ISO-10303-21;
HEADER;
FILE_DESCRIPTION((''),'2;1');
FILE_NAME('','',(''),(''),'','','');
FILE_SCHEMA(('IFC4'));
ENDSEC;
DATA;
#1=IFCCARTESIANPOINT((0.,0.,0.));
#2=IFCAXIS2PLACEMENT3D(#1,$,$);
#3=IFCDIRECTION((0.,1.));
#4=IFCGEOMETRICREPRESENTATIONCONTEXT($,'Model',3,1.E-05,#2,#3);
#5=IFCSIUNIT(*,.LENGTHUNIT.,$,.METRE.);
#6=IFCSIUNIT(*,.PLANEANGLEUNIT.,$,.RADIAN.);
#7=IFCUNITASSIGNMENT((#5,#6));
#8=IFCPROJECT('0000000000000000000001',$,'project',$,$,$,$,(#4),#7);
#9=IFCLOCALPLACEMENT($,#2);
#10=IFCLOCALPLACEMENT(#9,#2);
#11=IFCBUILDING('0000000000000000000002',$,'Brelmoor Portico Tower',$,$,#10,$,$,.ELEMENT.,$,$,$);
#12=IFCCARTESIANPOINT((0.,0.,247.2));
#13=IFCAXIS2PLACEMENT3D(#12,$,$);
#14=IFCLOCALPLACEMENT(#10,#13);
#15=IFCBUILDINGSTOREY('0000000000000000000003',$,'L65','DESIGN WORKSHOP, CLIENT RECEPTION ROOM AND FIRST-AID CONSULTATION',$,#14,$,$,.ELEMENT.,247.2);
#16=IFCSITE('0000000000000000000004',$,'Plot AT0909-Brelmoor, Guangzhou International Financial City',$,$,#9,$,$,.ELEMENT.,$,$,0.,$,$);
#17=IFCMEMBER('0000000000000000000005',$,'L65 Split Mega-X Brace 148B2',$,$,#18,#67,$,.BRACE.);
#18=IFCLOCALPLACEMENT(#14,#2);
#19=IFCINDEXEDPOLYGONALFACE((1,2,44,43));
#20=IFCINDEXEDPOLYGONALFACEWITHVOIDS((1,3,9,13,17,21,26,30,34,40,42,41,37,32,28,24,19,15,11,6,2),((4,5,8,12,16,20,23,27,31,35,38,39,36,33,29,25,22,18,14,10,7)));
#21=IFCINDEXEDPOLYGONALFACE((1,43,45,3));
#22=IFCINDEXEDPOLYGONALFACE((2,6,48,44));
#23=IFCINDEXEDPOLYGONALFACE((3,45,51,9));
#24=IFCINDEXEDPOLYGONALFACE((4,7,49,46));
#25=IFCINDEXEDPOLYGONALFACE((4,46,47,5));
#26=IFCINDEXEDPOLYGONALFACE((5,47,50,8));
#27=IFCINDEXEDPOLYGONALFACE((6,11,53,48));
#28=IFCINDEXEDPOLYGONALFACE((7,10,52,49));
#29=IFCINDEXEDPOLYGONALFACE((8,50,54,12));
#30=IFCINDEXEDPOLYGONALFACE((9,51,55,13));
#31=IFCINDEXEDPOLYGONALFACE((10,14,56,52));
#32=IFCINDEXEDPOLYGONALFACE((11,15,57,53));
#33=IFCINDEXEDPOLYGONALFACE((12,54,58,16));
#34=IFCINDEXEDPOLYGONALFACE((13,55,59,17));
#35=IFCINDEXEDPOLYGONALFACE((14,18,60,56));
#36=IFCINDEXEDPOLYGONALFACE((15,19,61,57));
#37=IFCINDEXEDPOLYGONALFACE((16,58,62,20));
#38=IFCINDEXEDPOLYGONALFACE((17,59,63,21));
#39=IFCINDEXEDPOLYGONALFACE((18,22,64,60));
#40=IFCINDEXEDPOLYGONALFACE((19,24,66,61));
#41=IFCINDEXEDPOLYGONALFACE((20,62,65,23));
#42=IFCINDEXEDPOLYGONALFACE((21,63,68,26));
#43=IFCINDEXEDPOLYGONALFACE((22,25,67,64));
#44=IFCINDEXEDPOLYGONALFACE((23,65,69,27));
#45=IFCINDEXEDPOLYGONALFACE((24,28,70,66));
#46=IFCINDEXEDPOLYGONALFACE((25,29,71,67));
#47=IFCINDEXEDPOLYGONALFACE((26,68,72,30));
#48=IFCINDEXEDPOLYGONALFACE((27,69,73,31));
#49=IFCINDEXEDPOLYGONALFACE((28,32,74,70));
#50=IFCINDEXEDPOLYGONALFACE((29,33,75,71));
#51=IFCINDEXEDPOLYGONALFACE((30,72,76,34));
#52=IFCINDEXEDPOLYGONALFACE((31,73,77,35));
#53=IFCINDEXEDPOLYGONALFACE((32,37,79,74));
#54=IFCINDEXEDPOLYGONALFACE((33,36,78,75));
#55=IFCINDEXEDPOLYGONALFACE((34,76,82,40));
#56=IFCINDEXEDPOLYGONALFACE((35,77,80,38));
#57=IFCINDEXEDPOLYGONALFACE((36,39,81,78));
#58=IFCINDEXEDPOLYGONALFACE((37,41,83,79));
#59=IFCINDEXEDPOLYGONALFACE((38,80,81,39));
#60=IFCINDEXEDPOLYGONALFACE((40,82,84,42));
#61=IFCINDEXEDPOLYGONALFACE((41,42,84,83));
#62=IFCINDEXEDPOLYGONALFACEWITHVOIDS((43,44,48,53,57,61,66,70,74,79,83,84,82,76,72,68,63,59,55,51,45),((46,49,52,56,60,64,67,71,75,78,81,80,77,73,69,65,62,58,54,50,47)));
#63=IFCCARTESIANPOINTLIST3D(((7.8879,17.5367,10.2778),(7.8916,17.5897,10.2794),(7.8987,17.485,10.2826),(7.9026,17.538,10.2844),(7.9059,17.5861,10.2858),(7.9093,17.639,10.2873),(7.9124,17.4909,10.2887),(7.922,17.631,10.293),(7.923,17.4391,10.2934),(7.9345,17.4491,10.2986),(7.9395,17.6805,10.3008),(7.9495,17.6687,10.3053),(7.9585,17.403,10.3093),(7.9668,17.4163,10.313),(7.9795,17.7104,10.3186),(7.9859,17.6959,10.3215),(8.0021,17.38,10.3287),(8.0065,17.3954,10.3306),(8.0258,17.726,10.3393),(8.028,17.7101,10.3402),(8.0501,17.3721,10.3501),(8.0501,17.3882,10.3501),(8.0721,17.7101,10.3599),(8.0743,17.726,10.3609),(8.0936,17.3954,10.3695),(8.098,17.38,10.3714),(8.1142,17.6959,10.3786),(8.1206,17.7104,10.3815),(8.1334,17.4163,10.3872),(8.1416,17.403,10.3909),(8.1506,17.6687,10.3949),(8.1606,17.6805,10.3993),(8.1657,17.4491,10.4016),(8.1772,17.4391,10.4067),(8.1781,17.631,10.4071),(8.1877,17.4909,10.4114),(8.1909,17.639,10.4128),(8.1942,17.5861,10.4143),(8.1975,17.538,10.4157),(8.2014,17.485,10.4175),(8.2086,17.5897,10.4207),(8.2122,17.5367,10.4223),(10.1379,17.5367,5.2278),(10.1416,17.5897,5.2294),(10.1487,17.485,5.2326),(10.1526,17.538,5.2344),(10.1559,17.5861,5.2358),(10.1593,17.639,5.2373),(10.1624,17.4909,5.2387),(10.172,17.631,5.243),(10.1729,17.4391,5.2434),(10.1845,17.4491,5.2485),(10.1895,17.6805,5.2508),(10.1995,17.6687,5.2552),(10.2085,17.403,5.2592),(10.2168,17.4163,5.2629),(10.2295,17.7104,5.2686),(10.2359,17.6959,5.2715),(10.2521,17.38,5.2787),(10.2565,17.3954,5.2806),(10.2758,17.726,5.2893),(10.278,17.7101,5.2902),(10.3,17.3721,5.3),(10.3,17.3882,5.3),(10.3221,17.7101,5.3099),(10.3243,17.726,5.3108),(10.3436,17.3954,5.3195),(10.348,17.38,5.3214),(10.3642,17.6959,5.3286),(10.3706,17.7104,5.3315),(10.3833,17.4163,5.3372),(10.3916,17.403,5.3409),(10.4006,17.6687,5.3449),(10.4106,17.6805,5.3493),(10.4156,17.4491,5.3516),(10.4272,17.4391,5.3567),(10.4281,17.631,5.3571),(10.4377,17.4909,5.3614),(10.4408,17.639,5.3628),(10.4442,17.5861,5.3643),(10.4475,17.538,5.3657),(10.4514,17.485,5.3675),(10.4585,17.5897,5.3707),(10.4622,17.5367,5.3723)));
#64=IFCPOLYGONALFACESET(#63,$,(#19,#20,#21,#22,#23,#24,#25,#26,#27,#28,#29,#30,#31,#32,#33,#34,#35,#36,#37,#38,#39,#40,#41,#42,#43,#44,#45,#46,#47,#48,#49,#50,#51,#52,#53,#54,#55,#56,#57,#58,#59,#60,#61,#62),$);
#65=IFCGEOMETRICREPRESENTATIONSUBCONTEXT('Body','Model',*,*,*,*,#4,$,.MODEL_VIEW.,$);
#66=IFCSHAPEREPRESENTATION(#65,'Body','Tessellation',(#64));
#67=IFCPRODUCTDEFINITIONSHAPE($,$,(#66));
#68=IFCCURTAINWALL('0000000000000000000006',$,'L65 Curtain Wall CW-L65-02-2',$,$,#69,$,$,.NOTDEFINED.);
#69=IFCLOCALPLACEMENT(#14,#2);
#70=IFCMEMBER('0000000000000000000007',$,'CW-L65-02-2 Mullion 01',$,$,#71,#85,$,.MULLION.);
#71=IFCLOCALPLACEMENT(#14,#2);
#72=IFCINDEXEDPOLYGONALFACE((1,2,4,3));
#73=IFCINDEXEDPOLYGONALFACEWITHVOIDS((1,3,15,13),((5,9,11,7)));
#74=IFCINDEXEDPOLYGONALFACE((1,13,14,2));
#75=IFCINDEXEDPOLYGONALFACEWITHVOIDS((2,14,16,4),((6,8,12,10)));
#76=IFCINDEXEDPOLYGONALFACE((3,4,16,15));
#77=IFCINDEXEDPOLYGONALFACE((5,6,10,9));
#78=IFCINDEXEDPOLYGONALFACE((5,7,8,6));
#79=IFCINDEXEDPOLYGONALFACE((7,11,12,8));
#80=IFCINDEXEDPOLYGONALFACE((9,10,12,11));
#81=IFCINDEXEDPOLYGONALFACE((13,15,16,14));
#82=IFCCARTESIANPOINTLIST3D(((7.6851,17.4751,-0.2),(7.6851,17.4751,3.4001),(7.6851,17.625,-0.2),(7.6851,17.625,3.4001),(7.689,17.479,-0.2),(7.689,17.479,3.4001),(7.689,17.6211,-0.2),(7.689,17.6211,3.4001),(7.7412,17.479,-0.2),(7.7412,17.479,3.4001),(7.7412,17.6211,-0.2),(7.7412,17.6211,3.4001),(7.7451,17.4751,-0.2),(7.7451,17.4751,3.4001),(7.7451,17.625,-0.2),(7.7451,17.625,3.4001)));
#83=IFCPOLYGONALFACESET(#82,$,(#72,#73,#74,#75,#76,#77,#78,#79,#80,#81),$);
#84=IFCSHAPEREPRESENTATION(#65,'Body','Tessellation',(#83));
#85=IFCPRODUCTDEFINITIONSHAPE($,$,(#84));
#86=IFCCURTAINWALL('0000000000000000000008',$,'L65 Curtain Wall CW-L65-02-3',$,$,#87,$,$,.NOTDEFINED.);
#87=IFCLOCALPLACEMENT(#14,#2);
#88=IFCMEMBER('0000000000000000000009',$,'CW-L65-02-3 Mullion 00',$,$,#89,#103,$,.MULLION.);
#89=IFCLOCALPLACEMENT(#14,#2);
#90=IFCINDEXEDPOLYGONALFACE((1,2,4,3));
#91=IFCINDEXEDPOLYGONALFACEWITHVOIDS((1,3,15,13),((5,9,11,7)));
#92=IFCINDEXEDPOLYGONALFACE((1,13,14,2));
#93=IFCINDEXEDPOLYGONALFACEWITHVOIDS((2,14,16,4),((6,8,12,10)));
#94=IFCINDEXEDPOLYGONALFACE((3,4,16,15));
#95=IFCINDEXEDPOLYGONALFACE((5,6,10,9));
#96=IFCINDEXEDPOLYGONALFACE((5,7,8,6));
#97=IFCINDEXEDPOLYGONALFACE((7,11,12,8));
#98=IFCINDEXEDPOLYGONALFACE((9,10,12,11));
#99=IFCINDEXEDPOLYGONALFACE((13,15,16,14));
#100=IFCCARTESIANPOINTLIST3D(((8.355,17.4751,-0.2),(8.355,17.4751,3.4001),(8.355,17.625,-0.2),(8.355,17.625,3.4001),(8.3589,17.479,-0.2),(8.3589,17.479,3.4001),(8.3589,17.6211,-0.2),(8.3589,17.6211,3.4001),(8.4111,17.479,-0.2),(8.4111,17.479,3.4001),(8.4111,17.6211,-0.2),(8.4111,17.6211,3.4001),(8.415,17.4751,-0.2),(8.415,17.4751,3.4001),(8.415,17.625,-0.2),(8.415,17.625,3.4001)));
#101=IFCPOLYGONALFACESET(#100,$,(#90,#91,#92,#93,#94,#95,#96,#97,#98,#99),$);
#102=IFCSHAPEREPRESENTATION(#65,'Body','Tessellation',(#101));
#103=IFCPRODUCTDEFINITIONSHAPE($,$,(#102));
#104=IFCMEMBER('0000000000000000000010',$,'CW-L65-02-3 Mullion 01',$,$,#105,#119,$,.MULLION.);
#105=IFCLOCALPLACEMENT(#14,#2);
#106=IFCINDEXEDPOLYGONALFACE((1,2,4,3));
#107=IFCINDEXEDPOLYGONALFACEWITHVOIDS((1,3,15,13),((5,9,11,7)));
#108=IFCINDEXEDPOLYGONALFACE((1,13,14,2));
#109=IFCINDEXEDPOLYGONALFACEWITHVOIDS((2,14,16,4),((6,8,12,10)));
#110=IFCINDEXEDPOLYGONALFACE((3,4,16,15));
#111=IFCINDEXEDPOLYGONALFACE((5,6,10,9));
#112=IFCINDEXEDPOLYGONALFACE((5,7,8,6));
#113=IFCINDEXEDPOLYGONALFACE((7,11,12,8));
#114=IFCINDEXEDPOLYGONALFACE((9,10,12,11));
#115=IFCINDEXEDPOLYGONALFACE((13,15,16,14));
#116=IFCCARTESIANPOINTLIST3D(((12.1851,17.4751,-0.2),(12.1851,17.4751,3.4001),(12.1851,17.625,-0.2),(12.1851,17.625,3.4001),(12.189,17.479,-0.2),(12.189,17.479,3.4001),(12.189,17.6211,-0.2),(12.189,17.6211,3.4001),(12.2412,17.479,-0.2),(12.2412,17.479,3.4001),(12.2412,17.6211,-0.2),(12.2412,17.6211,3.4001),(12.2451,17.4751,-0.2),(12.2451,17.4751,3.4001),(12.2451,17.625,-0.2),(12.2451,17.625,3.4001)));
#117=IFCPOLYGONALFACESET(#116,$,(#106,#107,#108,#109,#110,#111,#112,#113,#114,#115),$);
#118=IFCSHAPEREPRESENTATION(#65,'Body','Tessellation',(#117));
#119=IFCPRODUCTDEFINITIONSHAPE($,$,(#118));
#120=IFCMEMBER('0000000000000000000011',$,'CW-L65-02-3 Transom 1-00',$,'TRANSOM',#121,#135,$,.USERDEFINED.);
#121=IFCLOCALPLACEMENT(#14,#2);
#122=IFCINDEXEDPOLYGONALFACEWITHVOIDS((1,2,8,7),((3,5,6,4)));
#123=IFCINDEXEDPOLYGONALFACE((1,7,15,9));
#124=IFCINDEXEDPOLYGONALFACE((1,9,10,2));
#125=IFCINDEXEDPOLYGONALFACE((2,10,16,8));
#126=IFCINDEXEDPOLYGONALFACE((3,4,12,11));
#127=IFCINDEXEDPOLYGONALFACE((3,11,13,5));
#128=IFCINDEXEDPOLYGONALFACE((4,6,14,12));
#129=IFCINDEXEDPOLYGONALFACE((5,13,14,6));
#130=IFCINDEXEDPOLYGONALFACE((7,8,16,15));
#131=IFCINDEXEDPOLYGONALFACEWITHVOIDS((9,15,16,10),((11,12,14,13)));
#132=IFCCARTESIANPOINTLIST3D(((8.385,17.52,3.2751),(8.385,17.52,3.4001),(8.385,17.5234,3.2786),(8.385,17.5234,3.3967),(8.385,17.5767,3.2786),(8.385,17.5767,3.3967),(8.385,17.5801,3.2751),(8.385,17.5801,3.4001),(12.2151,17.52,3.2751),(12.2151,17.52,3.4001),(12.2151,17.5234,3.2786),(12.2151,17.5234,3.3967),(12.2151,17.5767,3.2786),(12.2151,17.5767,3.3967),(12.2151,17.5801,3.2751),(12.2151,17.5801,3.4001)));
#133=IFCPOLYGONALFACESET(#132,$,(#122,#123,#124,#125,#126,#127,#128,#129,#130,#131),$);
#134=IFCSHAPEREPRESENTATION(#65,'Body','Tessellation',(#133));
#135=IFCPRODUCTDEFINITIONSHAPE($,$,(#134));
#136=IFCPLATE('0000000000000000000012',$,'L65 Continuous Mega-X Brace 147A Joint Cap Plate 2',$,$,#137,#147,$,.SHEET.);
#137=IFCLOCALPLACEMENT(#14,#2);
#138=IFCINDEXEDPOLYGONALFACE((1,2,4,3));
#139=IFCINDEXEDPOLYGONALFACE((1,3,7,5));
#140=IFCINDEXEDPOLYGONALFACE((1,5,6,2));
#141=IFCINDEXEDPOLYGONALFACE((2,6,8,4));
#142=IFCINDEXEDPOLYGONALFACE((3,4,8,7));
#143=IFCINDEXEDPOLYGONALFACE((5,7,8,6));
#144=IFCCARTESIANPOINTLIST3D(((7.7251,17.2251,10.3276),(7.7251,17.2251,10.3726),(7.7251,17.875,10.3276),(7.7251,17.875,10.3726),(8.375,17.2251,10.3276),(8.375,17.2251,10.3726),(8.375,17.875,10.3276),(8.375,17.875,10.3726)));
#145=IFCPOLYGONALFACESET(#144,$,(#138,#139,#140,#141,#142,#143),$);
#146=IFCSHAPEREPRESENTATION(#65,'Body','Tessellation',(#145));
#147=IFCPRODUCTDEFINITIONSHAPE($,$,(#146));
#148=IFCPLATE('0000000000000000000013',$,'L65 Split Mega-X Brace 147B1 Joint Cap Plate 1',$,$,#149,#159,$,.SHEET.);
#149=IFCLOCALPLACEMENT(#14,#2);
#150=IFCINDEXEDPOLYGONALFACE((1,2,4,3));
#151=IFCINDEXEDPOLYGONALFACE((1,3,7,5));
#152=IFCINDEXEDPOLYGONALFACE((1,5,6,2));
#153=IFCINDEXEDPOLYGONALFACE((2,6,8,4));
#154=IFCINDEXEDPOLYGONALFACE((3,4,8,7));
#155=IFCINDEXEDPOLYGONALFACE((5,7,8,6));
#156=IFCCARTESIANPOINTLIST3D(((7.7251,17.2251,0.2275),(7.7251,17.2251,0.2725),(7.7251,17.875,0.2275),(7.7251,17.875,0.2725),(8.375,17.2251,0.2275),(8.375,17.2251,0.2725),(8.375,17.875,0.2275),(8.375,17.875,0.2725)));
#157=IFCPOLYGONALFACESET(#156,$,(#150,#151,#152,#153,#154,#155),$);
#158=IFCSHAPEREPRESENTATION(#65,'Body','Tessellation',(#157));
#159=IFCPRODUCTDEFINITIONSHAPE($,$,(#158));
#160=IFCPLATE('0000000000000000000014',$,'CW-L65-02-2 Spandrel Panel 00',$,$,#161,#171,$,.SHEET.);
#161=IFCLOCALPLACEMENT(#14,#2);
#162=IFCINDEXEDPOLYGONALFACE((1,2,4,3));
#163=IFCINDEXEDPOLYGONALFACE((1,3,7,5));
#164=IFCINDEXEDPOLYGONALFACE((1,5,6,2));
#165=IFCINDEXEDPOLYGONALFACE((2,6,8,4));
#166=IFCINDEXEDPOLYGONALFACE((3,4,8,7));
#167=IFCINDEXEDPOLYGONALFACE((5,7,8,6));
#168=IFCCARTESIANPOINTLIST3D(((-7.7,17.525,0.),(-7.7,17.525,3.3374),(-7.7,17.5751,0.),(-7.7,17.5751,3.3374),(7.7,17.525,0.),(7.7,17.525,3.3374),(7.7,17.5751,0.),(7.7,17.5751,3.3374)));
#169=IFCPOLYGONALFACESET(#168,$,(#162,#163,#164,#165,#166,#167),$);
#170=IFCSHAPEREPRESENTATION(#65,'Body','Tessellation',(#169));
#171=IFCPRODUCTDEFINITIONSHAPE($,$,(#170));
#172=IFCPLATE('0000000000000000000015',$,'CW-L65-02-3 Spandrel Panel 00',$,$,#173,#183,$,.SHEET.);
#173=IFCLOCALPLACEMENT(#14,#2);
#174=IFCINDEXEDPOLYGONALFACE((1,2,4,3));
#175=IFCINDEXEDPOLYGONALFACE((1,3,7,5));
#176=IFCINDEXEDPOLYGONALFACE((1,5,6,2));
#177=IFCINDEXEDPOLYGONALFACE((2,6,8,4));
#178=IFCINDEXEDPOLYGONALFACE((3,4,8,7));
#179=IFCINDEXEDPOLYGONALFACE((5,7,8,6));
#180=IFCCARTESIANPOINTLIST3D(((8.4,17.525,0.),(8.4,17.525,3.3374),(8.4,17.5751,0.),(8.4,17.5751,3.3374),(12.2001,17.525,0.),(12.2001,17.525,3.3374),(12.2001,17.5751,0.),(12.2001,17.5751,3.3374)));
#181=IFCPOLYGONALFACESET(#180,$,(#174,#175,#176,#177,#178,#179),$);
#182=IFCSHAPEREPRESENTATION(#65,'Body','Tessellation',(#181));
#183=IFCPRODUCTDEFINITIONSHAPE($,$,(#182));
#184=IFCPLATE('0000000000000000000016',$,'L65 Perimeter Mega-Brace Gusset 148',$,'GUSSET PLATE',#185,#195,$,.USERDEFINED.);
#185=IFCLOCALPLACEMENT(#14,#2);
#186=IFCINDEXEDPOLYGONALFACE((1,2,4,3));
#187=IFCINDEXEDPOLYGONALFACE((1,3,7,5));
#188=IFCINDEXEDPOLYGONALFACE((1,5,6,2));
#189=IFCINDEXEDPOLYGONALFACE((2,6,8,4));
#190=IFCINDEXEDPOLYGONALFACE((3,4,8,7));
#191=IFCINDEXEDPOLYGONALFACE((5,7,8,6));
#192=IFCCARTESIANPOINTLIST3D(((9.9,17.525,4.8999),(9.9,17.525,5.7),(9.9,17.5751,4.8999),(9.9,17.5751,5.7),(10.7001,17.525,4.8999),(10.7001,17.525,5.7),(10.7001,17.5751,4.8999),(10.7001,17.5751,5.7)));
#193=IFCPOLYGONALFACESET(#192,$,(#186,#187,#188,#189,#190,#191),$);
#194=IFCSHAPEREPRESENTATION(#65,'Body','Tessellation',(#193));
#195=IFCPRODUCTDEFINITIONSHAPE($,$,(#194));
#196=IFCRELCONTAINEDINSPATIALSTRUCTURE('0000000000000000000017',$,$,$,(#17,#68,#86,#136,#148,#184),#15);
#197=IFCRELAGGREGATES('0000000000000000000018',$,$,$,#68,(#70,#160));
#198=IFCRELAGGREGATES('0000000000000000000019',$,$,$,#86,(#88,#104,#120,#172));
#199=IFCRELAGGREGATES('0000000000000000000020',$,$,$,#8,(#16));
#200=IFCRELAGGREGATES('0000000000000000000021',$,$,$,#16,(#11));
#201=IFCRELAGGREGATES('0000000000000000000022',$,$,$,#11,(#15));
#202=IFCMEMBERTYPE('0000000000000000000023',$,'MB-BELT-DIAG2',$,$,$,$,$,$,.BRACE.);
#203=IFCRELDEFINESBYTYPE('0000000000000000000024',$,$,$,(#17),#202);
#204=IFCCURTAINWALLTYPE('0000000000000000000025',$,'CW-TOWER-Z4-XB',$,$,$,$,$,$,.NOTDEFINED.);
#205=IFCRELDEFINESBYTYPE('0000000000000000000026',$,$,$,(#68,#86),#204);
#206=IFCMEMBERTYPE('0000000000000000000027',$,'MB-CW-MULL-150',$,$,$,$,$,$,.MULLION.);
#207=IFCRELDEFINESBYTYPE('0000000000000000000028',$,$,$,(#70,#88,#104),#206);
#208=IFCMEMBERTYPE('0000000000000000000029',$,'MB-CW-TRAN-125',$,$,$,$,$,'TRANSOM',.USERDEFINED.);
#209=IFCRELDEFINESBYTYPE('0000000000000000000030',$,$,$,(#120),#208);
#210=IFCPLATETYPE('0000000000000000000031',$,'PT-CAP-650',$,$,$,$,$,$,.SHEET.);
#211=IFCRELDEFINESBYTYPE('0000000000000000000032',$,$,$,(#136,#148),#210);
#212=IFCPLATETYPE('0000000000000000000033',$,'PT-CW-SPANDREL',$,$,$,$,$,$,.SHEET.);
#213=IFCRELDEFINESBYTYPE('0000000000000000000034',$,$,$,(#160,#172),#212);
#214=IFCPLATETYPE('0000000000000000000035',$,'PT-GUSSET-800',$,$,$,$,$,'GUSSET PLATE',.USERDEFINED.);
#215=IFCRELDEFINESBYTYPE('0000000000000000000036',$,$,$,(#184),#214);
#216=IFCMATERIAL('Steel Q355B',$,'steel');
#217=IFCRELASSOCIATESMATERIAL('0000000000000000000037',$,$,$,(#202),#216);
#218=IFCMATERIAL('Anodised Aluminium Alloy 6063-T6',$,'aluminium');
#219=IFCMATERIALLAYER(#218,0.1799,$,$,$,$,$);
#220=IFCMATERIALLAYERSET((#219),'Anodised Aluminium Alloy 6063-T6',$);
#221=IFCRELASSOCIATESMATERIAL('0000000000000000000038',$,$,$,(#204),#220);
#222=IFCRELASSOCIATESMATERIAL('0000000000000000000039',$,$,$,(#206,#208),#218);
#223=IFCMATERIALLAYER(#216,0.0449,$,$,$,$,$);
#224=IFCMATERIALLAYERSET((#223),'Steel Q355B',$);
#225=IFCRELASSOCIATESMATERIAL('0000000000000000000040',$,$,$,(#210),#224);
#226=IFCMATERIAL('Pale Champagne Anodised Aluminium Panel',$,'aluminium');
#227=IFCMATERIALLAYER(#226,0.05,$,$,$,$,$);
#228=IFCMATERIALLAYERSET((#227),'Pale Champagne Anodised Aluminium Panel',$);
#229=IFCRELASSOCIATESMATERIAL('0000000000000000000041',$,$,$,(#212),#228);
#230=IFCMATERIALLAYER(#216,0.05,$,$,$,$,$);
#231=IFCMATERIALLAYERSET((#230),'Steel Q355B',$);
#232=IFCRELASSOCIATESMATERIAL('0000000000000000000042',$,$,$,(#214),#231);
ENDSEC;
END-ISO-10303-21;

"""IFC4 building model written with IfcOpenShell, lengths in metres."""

from ifc_helpers import new_model, si_unit, direction, frame, origin, origin_2d, place, context, subcontext, project, spatial, rectangle, hollow_rectangle, hollow_circle, extrude, material, layer, layer_set, material_profile, profile_set, type_object, element, aggregate, save


model = new_model("IFC4")

# Units and contexts
model_context = context("Model", 3, precision=1e-05, world=origin(), true_north=direction((0.0, 1.0)))
body_context = subcontext(model_context, "Body", "Model", "MODEL_VIEW")
ifc_project = project(units=[si_unit("LENGTHUNIT", "METRE"), si_unit("PLANEANGLEUNIT", "RADIAN")], contexts=[model_context])

# Site, building, storey
site_placement = place(None, origin())
site = spatial("IfcSite", under=ifc_project, at=site_placement, Name="Plot AT0909-Brelmoor, Guangzhou International Financial City", CompositionType="ELEMENT", RefElevation=0.0)
building_placement = place(site_placement, origin())
building = spatial("IfcBuilding", under=site, at=building_placement, Name="Brelmoor Portico Tower", CompositionType="ELEMENT")
storey_placement = place(building_placement, frame((0.0, 0.0, 247.2)))
storey = spatial("IfcBuildingStorey", under=building, at=storey_placement, Name="L65", Description="DESIGN WORKSHOP, CLIENT RECEPTION ROOM AND FIRST-AID CONSULTATION", CompositionType="ELEMENT", Elevation=247.2)

# Shared definitions
ifc_material_1 = material(Name="Steel Q355B", Category="steel")

# Member
ifc_material_profile_1 = material_profile(ifc_material_1, hollow_circle(Radius=0.178, WallThickness=0.0161, at=origin_2d()), Name="CHS 356x16")
ifc_profile_set_1 = profile_set([ifc_material_profile_1], Name="Steel Q355B")
member_type_1 = type_object("IfcMemberType", Name="MB-BELT-DIAG2", PredefinedType="BRACE", material=ifc_profile_set_1)
member_1_placement = place(storey_placement, frame((10.3, 17.55, 5.3), z_axis=(-0.406974, 0.0, 0.91344), x_axis=(0.0, -1.0, 0.0)))
element("IfcMember", 1, at=member_1_placement, inside=storey, type_object=member_type_1, Name="L65 Split Mega-X Brace 148B2", PredefinedType="BRACE", context=body_context, shape_type="SweptSolid", body=[
    extrude(hollow_circle(Radius=0.178, WallThickness=0.0161, at=origin_2d()), origin(), (0.0, 0.0, 1.0), 5.5286),
])

# Curtain wall, member
ifc_material_2 = material(Name="Anodised Aluminium Alloy 6063-T6", Category="aluminium")
ifc_layer_1 = layer(ifc_material_2, 0.1799)
ifc_layer_set_1 = layer_set([ifc_layer_1], Name="Anodised Aluminium Alloy 6063-T6")
curtain_wall_type = type_object("IfcCurtainWallType", Name="CW-TOWER-Z4-XB", PredefinedType="NOTDEFINED", material=ifc_layer_set_1)
curtain_wall_1_placement = place(storey_placement, origin())
curtain_wall_1 = element("IfcCurtainWall", 2, at=curtain_wall_1_placement, inside=storey, type_object=curtain_wall_type, Name="L65 Curtain Wall CW-L65-02-2", PredefinedType="NOTDEFINED")
ifc_material_profile_2 = material_profile(ifc_material_2, hollow_rectangle(XDim=0.0601, YDim=0.1499, WallThickness=0.0039, at=origin_2d()), Name="ALU MULLION 60x150")
ifc_profile_set_2 = profile_set([ifc_material_profile_2], Name="Anodised Aluminium Alloy 6063-T6")
member_type_2 = type_object("IfcMemberType", Name="MB-CW-MULL-150", PredefinedType="MULLION", material=ifc_profile_set_2)
member_2_placement = place(storey_placement, frame((7.7151, 17.55, -0.2), z_axis=(0.0, 0.0, 1.0), x_axis=(1.0, 0.0, 0.0)))
member_2 = element("IfcMember", 3, at=member_2_placement, type_object=member_type_2, Name="CW-L65-02-2 Mullion 01", PredefinedType="MULLION", context=body_context, shape_type="SweptSolid", body=[
    extrude(hollow_rectangle(XDim=0.0601, YDim=0.1499, WallThickness=0.0039, at=origin_2d()), origin(), (0.0, 0.0, 1.0), 3.6001),
])

# Curtain wall, members
curtain_wall_2_placement = place(storey_placement, origin())
curtain_wall_2 = element("IfcCurtainWall", 4, at=curtain_wall_2_placement, inside=storey, type_object=curtain_wall_type, Name="L65 Curtain Wall CW-L65-02-3", PredefinedType="NOTDEFINED")
member_3_placement = place(storey_placement, frame((8.385, 17.55, -0.2), z_axis=(0.0, 0.0, 1.0), x_axis=(1.0, 0.0, 0.0)))
member_3 = element("IfcMember", 5, at=member_3_placement, type_object=member_type_2, Name="CW-L65-02-3 Mullion 00", PredefinedType="MULLION", context=body_context, shape_type="SweptSolid", body=[
    extrude(hollow_rectangle(XDim=0.0601, YDim=0.1499, WallThickness=0.0039, at=origin_2d()), origin(), (0.0, 0.0, 1.0), 3.6001),
])
member_4_placement = place(storey_placement, frame((12.2151, 17.55, -0.2), z_axis=(0.0, 0.0, 1.0), x_axis=(1.0, 0.0, 0.0)))
member_4 = element("IfcMember", 6, at=member_4_placement, type_object=member_type_2, Name="CW-L65-02-3 Mullion 01", PredefinedType="MULLION", context=body_context, shape_type="SweptSolid", body=[
    extrude(hollow_rectangle(XDim=0.0601, YDim=0.1499, WallThickness=0.0039, at=origin_2d()), origin(), (0.0, 0.0, 1.0), 3.6001),
])
ifc_material_profile_3 = material_profile(ifc_material_2, hollow_rectangle(XDim=0.0601, YDim=0.125, WallThickness=0.0034, at=origin_2d()), Name="ALU TRANSOM 60x125")
ifc_profile_set_3 = profile_set([ifc_material_profile_3], Name="Anodised Aluminium Alloy 6063-T6")
member_type_3 = type_object("IfcMemberType", Name="MB-CW-TRAN-125", ElementType="TRANSOM", PredefinedType="USERDEFINED", material=ifc_profile_set_3)
member_5_placement = place(storey_placement, frame((8.385, 17.55, 3.3376), z_axis=(1.0, 0.0, 0.0), x_axis=(0.0, 1.0, 0.0)))
member_5 = element("IfcMember", 7, at=member_5_placement, type_object=member_type_3, Name="CW-L65-02-3 Transom 1-00", ObjectType="TRANSOM", PredefinedType="USERDEFINED", context=body_context, shape_type="SweptSolid", body=[
    extrude(hollow_rectangle(XDim=0.0601, YDim=0.125, WallThickness=0.0034, at=origin_2d()), origin(), (0.0, 0.0, 1.0), 3.8301),
])

# Plates
ifc_layer_2 = layer(ifc_material_1, 0.0449)
ifc_layer_set_2 = layer_set([ifc_layer_2], Name="Steel Q355B")
plate_type_1 = type_object("IfcPlateType", Name="PT-CAP-650", PredefinedType="SHEET", material=ifc_layer_set_2)
for number, where, z_axis, x_axis, name in (
    (8, (8.05, 17.55, 10.3276), (0.0, 0.0, 1.0), (1.0, 0.0, 0.0), "L65 Continuous Mega-X Brace 147A Joint Cap Plate 2"),
    (9, (8.05, 17.55, 0.2275), (0.0, 0.0, 1.0), (1.0, 0.0, 0.0), "L65 Split Mega-X Brace 147B1 Joint Cap Plate 1"),
):
    element("IfcPlate", number, at=place(storey_placement, frame(where, z_axis=z_axis, x_axis=x_axis)), inside=storey, type_object=plate_type_1, Name=name, PredefinedType="SHEET", context=body_context, shape_type="SweptSolid", body=[
        extrude(rectangle(XDim=0.6499, YDim=0.6499, at=origin_2d()), origin(), (0.0, 0.0, 1.0), 0.0449),
    ])

# Plates
ifc_material_3 = material(Name="Pale Champagne Anodised Aluminium Panel", Category="aluminium")
ifc_layer_3 = layer(ifc_material_3, 0.05)
ifc_layer_set_3 = layer_set([ifc_layer_3], Name="Pale Champagne Anodised Aluminium Panel")
plate_type_2 = type_object("IfcPlateType", Name="PT-CW-SPANDREL", PredefinedType="SHEET", material=ifc_layer_set_3)
plate_1_placement = place(storey_placement, frame((0.0, 17.55, 0.0), z_axis=(0.0, 0.0, 1.0), x_axis=(1.0, 0.0, 0.0)))
plate_1 = element("IfcPlate", 10, at=plate_1_placement, type_object=plate_type_2, Name="CW-L65-02-2 Spandrel Panel 00", PredefinedType="SHEET", context=body_context, shape_type="SweptSolid", body=[
    extrude(rectangle(XDim=15.3999, YDim=0.05, at=origin_2d()), origin(), (0.0, 0.0, 1.0), 3.3374),
])
aggregate(curtain_wall_1, [member_2, plate_1])
plate_2_placement = place(storey_placement, frame((10.3, 17.55, 0.0), z_axis=(0.0, 0.0, 1.0), x_axis=(1.0, 0.0, 0.0)))
plate_2 = element("IfcPlate", 11, at=plate_2_placement, type_object=plate_type_2, Name="CW-L65-02-3 Spandrel Panel 00", PredefinedType="SHEET", context=body_context, shape_type="SweptSolid", body=[
    extrude(rectangle(XDim=3.8, YDim=0.05, at=origin_2d()), origin(), (0.0, 0.0, 1.0), 3.3374),
])
aggregate(curtain_wall_2, [member_3, member_4, member_5, plate_2])

# Plate
ifc_layer_4 = layer(ifc_material_1, 0.05)
ifc_layer_set_4 = layer_set([ifc_layer_4], Name="Steel Q355B")
plate_type_3 = type_object("IfcPlateType", Name="PT-GUSSET-800", ElementType="GUSSET PLATE", PredefinedType="USERDEFINED", material=ifc_layer_set_4)
plate_3_placement = place(storey_placement, frame((10.3, 17.55, 4.8999), z_axis=(0.0, 0.0, 1.0), x_axis=(1.0, 0.0, 0.0)))
element("IfcPlate", 12, at=plate_3_placement, inside=storey, type_object=plate_type_3, Name="L65 Perimeter Mega-Brace Gusset 148", ObjectType="GUSSET PLATE", PredefinedType="USERDEFINED", context=body_context, shape_type="SweptSolid", body=[
    extrude(rectangle(XDim=0.8, YDim=0.05, at=origin_2d()), origin(), (0.0, 0.0, 1.0), 0.8),
])

save(model, "model.ifc")
